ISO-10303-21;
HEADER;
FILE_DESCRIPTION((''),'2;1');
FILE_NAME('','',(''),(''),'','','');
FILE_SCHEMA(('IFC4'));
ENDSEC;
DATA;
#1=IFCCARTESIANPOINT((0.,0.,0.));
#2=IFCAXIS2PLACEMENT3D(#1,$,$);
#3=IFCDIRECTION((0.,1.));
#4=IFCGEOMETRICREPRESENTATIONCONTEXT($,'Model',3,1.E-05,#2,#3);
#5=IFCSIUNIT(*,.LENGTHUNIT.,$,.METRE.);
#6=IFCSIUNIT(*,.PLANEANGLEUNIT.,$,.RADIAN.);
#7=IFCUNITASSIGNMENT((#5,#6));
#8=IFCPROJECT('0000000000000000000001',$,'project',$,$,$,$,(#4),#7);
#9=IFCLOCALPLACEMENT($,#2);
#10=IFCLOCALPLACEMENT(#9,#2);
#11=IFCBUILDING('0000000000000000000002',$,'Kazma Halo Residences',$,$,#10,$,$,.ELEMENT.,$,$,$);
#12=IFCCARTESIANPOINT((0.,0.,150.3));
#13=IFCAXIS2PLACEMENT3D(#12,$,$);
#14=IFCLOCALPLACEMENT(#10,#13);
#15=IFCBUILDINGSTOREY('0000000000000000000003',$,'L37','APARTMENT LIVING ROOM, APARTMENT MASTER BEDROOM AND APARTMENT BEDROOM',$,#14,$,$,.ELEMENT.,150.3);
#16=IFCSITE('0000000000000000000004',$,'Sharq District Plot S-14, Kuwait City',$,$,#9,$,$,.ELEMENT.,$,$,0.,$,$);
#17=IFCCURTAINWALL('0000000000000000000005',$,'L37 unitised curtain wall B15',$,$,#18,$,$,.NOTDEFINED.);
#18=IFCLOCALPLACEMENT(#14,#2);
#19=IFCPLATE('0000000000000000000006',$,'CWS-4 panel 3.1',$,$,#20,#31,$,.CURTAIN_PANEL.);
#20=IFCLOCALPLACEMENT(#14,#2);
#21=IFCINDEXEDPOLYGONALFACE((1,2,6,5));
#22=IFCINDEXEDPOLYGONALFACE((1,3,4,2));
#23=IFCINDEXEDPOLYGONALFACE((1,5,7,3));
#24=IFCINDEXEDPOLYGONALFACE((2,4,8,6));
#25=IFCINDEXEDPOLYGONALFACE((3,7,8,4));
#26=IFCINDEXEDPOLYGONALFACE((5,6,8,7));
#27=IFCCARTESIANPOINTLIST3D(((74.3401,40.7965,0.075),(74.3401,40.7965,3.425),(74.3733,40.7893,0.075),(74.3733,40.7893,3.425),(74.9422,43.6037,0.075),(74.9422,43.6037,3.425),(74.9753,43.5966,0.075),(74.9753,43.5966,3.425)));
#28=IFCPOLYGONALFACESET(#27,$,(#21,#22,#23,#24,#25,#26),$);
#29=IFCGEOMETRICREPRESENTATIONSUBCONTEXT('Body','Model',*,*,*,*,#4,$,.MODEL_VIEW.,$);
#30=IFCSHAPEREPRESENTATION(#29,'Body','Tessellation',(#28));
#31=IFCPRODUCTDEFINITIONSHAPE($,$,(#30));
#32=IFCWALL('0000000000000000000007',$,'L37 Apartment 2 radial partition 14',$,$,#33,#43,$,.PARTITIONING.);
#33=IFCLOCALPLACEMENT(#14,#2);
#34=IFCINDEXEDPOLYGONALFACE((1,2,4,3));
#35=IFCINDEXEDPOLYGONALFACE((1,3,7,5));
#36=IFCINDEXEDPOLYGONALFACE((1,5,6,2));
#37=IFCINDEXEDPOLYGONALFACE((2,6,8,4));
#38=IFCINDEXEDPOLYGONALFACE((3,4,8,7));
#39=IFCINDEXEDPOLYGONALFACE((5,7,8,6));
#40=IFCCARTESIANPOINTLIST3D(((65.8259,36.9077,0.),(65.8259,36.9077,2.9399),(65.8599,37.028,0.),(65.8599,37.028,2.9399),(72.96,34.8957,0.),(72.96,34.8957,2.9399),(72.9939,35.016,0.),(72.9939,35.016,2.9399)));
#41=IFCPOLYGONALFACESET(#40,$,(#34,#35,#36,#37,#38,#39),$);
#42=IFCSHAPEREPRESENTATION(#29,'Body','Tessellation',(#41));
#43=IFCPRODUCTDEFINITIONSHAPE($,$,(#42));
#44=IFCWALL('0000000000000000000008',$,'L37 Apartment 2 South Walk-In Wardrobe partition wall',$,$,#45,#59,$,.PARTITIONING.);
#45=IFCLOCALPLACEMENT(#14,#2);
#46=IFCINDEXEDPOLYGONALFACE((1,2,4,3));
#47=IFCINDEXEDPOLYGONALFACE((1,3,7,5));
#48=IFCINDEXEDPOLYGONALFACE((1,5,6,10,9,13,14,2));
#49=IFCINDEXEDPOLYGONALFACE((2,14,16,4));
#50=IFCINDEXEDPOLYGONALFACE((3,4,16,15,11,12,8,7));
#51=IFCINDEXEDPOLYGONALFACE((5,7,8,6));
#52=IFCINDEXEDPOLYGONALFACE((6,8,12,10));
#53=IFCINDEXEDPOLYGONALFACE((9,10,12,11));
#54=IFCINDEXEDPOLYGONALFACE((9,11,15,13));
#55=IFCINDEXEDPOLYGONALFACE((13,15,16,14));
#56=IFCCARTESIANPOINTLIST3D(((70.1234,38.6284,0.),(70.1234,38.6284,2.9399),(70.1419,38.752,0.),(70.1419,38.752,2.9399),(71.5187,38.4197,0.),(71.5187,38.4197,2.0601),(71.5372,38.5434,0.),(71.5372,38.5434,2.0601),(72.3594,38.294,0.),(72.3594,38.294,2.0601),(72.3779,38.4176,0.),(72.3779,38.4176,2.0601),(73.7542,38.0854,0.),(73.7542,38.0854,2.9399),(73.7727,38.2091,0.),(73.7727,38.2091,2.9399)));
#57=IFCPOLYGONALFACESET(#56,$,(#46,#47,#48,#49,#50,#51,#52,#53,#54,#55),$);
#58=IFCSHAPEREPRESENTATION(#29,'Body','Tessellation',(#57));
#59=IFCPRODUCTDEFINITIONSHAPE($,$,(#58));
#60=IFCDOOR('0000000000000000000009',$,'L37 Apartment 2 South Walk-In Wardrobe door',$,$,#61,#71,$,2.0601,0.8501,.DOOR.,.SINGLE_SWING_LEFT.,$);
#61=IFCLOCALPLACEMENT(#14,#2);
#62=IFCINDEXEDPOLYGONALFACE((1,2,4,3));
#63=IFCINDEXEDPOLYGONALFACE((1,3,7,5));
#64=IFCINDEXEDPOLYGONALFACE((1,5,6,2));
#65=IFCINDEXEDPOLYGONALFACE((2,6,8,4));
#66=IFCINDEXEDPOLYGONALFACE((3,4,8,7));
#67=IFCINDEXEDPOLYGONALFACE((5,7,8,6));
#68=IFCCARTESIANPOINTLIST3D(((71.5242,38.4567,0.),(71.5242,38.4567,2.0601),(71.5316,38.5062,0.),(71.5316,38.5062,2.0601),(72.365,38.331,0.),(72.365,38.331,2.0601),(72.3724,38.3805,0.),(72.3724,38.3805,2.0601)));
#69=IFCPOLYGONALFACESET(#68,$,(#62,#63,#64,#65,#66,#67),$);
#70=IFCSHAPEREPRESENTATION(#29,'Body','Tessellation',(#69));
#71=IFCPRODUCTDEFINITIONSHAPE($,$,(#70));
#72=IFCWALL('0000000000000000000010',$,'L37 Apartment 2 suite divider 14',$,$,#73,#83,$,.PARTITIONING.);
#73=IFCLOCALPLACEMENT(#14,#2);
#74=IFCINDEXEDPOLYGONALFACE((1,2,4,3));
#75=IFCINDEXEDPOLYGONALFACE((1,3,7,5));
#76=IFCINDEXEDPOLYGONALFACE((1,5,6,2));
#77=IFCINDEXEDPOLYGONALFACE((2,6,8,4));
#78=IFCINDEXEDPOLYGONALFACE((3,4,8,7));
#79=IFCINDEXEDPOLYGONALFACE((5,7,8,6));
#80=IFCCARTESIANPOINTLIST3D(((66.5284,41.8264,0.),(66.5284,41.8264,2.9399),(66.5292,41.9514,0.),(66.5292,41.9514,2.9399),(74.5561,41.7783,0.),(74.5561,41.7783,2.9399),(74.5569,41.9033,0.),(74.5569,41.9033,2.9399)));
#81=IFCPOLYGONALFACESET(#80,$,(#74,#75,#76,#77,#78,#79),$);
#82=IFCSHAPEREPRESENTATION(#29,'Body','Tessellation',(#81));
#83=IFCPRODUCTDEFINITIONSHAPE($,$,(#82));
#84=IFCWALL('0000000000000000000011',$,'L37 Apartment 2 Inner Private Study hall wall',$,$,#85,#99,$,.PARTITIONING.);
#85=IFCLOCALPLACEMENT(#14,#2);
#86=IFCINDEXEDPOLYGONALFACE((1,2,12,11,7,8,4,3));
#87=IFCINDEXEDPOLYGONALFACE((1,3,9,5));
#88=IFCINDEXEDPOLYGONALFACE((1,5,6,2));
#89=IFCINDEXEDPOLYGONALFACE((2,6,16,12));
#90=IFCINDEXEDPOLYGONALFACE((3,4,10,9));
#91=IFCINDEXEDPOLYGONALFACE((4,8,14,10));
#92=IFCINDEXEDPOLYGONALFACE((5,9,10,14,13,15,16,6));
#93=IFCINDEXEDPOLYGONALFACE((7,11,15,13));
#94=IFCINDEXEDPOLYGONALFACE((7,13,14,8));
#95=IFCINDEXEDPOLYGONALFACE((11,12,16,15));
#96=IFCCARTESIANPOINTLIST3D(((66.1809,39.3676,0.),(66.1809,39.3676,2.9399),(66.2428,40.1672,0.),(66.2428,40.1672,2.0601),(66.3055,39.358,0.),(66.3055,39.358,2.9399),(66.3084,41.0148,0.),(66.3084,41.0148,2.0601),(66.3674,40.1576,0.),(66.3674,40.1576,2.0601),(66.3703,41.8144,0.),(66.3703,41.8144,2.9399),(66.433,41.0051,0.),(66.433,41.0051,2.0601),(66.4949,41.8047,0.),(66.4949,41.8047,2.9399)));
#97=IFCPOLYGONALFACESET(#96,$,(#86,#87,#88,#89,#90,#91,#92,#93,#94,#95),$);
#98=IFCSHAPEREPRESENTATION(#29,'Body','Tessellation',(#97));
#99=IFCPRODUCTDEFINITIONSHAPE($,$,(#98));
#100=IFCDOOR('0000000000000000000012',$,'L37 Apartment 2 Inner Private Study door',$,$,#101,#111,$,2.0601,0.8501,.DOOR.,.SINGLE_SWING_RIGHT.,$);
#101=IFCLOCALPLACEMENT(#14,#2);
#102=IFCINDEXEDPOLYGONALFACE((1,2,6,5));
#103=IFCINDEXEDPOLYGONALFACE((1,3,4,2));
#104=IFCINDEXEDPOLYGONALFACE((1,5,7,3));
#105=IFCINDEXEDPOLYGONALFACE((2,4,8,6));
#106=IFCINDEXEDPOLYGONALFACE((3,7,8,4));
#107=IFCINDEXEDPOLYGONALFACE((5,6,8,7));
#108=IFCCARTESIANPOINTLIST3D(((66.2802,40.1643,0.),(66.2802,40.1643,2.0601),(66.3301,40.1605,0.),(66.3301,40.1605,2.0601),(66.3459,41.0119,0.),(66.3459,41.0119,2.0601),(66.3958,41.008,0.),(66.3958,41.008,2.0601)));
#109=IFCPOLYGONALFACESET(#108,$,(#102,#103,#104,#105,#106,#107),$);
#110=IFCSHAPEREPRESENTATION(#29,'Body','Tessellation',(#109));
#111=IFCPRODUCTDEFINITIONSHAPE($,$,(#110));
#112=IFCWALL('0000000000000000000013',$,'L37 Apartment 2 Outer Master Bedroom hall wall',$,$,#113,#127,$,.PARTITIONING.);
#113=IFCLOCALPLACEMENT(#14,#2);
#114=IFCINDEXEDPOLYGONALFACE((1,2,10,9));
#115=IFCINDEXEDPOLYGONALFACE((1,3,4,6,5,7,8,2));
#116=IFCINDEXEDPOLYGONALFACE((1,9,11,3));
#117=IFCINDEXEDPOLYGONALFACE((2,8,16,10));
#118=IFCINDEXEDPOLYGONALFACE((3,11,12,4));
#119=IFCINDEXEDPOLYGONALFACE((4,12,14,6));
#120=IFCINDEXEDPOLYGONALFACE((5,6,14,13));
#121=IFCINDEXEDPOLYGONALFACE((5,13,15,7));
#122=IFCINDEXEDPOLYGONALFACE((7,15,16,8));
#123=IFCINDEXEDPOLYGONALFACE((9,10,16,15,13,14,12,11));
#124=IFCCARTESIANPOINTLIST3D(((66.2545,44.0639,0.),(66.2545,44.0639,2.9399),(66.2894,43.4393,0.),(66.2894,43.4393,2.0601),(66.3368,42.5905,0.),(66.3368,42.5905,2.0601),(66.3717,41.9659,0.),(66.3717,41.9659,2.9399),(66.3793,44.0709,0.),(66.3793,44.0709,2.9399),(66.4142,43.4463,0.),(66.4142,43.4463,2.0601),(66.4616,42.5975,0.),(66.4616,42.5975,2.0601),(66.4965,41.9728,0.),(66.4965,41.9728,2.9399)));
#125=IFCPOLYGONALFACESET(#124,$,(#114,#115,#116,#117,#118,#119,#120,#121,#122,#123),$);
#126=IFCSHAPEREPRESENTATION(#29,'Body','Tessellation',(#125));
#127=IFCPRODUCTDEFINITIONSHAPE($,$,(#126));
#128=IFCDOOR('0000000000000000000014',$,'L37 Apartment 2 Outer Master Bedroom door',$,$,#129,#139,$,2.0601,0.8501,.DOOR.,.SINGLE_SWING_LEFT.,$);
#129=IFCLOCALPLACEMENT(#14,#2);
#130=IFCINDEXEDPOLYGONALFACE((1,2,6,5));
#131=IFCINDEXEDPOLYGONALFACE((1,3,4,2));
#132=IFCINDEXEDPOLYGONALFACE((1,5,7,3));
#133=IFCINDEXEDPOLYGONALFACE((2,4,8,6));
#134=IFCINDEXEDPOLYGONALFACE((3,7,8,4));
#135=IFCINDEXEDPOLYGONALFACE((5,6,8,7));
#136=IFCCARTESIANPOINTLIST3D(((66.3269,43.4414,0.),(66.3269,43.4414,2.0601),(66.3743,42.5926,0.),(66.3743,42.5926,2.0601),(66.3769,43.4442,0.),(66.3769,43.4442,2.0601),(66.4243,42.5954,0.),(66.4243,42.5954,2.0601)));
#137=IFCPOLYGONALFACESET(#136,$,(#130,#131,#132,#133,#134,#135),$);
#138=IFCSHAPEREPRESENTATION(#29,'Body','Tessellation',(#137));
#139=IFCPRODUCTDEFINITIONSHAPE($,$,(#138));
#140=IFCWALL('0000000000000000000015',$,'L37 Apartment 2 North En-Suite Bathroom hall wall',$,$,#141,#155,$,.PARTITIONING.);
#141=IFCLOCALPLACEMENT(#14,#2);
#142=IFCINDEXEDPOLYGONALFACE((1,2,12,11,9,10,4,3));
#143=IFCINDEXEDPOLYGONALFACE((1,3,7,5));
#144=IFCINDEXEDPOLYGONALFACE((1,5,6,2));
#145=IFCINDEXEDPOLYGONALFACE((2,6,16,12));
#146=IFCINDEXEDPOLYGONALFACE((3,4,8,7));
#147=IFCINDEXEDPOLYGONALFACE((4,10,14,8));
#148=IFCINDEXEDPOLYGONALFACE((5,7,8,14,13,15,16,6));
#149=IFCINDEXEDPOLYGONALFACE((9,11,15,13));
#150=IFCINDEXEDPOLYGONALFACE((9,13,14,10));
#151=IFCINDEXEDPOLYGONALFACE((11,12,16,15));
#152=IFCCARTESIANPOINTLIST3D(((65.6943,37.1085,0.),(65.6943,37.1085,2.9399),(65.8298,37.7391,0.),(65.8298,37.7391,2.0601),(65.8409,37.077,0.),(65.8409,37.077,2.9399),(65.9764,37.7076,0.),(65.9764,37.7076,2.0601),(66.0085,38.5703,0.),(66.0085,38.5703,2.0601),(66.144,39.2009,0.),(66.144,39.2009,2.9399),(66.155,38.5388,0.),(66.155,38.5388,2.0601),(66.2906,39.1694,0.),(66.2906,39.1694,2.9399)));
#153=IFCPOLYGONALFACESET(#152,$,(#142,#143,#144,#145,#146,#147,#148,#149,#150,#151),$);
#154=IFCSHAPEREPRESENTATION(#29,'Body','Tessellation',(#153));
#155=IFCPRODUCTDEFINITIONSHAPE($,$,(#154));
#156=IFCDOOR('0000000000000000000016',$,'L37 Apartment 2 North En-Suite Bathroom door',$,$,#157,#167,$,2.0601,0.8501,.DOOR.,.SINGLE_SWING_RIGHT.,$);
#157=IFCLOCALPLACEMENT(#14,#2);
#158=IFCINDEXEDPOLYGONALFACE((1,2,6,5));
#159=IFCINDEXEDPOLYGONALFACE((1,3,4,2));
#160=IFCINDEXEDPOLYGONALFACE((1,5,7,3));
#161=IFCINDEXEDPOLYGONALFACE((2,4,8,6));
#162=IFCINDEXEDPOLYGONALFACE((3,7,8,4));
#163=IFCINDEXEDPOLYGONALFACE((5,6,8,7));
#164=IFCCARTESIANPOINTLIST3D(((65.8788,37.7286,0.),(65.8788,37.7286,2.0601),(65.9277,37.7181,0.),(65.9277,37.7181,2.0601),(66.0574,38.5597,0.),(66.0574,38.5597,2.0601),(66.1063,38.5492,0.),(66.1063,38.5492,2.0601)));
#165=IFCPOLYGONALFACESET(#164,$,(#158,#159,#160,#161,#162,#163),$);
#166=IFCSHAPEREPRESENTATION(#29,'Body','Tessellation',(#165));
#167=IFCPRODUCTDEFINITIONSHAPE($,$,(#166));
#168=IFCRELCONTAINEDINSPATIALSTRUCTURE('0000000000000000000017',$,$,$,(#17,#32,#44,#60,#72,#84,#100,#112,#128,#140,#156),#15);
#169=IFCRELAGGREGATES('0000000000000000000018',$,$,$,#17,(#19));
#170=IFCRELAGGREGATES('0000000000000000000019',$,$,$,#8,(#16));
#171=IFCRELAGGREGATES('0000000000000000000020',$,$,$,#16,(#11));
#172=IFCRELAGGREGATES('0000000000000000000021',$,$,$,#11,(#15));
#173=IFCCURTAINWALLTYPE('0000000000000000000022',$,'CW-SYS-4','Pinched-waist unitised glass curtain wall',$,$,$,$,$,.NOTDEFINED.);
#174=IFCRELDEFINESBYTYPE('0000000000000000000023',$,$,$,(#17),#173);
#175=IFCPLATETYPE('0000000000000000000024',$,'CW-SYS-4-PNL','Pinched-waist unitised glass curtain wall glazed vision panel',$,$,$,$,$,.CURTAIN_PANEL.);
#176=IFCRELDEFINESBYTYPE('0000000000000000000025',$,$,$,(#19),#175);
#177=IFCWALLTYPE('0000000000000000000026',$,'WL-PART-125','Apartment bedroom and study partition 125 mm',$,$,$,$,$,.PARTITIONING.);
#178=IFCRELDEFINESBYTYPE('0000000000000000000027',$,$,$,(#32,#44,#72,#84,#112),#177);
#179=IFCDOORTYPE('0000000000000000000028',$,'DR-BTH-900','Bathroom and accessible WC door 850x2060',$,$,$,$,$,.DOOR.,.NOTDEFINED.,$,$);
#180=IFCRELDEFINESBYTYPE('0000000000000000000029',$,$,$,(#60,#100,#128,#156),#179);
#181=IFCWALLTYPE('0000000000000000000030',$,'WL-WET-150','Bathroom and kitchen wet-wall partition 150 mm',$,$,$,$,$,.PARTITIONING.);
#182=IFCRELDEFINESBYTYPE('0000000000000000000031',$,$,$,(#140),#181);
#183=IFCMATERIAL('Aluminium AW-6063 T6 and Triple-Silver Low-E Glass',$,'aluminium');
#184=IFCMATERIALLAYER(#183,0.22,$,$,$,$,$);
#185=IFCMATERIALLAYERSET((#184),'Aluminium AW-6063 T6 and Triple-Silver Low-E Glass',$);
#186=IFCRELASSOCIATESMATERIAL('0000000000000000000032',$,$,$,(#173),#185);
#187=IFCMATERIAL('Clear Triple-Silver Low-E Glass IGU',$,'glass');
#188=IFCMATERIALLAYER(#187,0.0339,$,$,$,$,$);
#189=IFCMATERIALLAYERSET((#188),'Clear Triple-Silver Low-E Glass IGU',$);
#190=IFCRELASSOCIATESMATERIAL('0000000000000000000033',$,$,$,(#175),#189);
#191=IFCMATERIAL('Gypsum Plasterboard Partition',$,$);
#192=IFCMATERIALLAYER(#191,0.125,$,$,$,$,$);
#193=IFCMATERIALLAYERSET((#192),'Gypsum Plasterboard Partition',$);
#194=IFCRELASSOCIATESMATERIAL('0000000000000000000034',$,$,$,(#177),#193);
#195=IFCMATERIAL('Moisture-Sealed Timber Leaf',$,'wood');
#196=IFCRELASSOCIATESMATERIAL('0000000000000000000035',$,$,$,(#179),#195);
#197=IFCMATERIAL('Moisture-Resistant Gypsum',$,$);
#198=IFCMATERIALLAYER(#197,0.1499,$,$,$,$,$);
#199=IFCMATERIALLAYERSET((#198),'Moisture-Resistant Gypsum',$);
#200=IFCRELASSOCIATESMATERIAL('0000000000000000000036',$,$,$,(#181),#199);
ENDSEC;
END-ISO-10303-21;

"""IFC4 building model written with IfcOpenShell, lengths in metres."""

from ifc_helpers import new_model, si_unit, direction, frame, frame_2d, origin, origin_2d, place, context, subcontext, project, spatial, rectangle, extrude, material, layer, layer_set, type_object, element, fill, aggregate, save


model = new_model("IFC4")

# Units and contexts
model_context = context("Model", 3, precision=1e-05, world=origin(), true_north=direction((0.0, 1.0)))
body_context = subcontext(model_context, "Body", "Model", "MODEL_VIEW")
ifc_project = project(units=[si_unit("LENGTHUNIT", "METRE"), si_unit("PLANEANGLEUNIT", "RADIAN")], contexts=[model_context])

# Site, building, storey
site_placement = place(None, origin())
site = spatial("IfcSite", under=ifc_project, at=site_placement, Name="Sharq District Plot S-14, Kuwait City", CompositionType="ELEMENT", RefElevation=0.0)
building_placement = place(site_placement, origin())
building = spatial("IfcBuilding", under=site, at=building_placement, Name="Kazma Halo Residences", CompositionType="ELEMENT")
storey_placement = place(building_placement, frame((0.0, 0.0, 150.3)))
storey = spatial("IfcBuildingStorey", under=building, at=storey_placement, Name="L37", Description="APARTMENT LIVING ROOM, APARTMENT MASTER BEDROOM AND APARTMENT BEDROOM", CompositionType="ELEMENT", Elevation=150.3)

# Curtain wall, plate
ifc_material_1 = material(Name="Aluminium AW-6063 T6 and Triple-Silver Low-E Glass", Category="aluminium")
ifc_layer_1 = layer(ifc_material_1, 0.22)
ifc_layer_set_1 = layer_set([ifc_layer_1], Name="Aluminium AW-6063 T6 and Triple-Silver Low-E Glass")
curtain_wall_type = type_object("IfcCurtainWallType", Name="CW-SYS-4", Description="Pinched-waist unitised glass curtain wall", PredefinedType="NOTDEFINED", material=ifc_layer_set_1)
curtain_wall_placement = place(storey_placement, origin())
curtain_wall = element("IfcCurtainWall", 1, at=curtain_wall_placement, inside=storey, type_object=curtain_wall_type, Name="L37 unitised curtain wall B15", PredefinedType="NOTDEFINED")
ifc_material_2 = material(Name="Clear Triple-Silver Low-E Glass IGU", Category="glass")
ifc_layer_2 = layer(ifc_material_2, 0.0339)
ifc_layer_set_2 = layer_set([ifc_layer_2], Name="Clear Triple-Silver Low-E Glass IGU")
plate_type = type_object("IfcPlateType", Name="CW-SYS-4-PNL", Description="Pinched-waist unitised glass curtain wall glazed vision panel", PredefinedType="CURTAIN_PANEL", material=ifc_layer_set_2)
plate_1_placement = place(storey_placement, frame((74.6577, 42.1965, 0.075), z_axis=(0.0, 0.0, 1.0), x_axis=(0.209704, 0.977765, 0.0)))
plate_1 = element("IfcPlate", 2, at=plate_1_placement, type_object=plate_type, Name="CWS-4 panel 3.1", PredefinedType="CURTAIN_PANEL", context=body_context, shape_type="SweptSolid", body=[
    extrude(rectangle(XDim=2.8711, YDim=0.0339, at=origin_2d()), origin(), (0.0, 0.0, 1.0), 3.3501),
])
aggregate(curtain_wall, [plate_1])

# Wall
ifc_material_3 = material(Name="Gypsum Plasterboard Partition")
ifc_layer_3 = layer(ifc_material_3, 0.125)
ifc_layer_set_3 = layer_set([ifc_layer_3], Name="Gypsum Plasterboard Partition")
wall_type_1 = type_object("IfcWallType", Name="WL-PART-125", Description="Apartment bedroom and study partition 125 mm", PredefinedType="PARTITIONING", material=ifc_layer_set_3)
wall_1_placement = place(storey_placement, frame((65.843, 36.9678, 0.0), z_axis=(0.0, 0.0, 1.0), x_axis=(0.962457, -0.271435, 0.0)))
element("IfcWall", 3, at=wall_1_placement, inside=storey, type_object=wall_type_1, Name="L37 Apartment 2 radial partition 14", PredefinedType="PARTITIONING", context=body_context, shape_type="SweptSolid", body=[
    extrude(rectangle(XDim=7.4124, YDim=0.125, at=frame_2d((3.7061, 0.0))), origin(), (0.0, 0.0, 1.0), 2.9399),
])

# Wall, opening, door
wall_2_placement = place(storey_placement, frame((70.1328, 38.6902, 0.0), z_axis=(0.0, 0.0, 1.0), x_axis=(0.989003, -0.147898, 0.0)))
wall_2 = element("IfcWall", 4, at=wall_2_placement, inside=storey, type_object=wall_type_1, Name="L37 Apartment 2 South Walk-In Wardrobe partition wall", PredefinedType="PARTITIONING", context=body_context, shape_type="SweptSolid", body=[
    extrude(rectangle(XDim=3.6711, YDim=0.125, at=frame_2d((1.8354, 0.0))), origin(), (0.0, 0.0, 1.0), 2.9399),
])
opening_1_placement = place(wall_2_placement, frame((1.4106, 0.0, 0.0)))
opening_1 = element("IfcOpeningElement", 5, at=opening_1_placement, cuts=wall_2, PredefinedType="OPENING", context=body_context, shape_type="SweptSolid", body=[
    extrude(rectangle(XDim=0.8501, YDim=2.0601, at=frame_2d((0.425, 1.03))), frame((0.0, 0.0725, 0.0), z_axis=(0.0, -1.0, 0.0), x_axis=(1.0, 0.0, 0.0)), (0.0, 0.0, 1.0), 0.145),
])
ifc_material_4 = material(Name="Moisture-Sealed Timber Leaf", Category="wood")
door_type = type_object("IfcDoorType", Name="DR-BTH-900", Description="Bathroom and accessible WC door 850x2060", OperationType="NOTDEFINED", PredefinedType="DOOR", material=ifc_material_4)
door_1_placement = place(opening_1_placement, origin())
door_1 = element("IfcDoor", 6, at=door_1_placement, inside=storey, type_object=door_type, Name="L37 Apartment 2 South Walk-In Wardrobe door", OperationType="SINGLE_SWING_LEFT", OverallHeight=2.0601, OverallWidth=0.8501, PredefinedType="DOOR", context=body_context, shape_type="SweptSolid", body=[
    extrude(rectangle(XDim=0.8501, YDim=2.0601, at=frame_2d((0.425, 1.03))), frame((0.0, 0.0249, 0.0), z_axis=(0.0, -1.0, 0.0), x_axis=(1.0, 0.0, 0.0)), (0.0, 0.0, 1.0), 0.05),
])
fill(opening_1, door_1)

# Wall
wall_3_placement = place(storey_placement, frame((66.5288, 41.8889, 0.0), z_axis=(0.0, 0.0, 1.0), x_axis=(0.999982, -0.005991, 0.0)))
element("IfcWall", 7, at=wall_3_placement, inside=storey, type_object=wall_type_1, Name="L37 Apartment 2 suite divider 14", PredefinedType="PARTITIONING", context=body_context, shape_type="SweptSolid", body=[
    extrude(rectangle(XDim=8.0278, YDim=0.125, at=frame_2d((4.0139, 0.0))), origin(), (0.0, 0.0, 1.0), 2.9399),
])

# Walls, openings, doors
wall_4_placement = place(storey_placement, frame((66.2432, 39.3628, 0.0), z_axis=(0.0, 0.0, 1.0), x_axis=(0.077199, 0.997016, 0.0)))
wall_4 = element("IfcWall", 8, at=wall_4_placement, inside=storey, type_object=wall_type_1, Name="L37 Apartment 2 Inner Private Study hall wall", PredefinedType="PARTITIONING", context=body_context, shape_type="SweptSolid", body=[
    extrude(rectangle(XDim=2.4541, YDim=0.125, at=frame_2d((1.2271, 0.0))), origin(), (0.0, 0.0, 1.0), 2.9399),
])
opening_2_placement = place(wall_4_placement, frame((0.802, 0.0, 0.0)))
opening_2 = element("IfcOpeningElement", 9, at=opening_2_placement, cuts=wall_4, PredefinedType="OPENING", context=body_context, shape_type="SweptSolid", body=[
    extrude(rectangle(XDim=0.8501, YDim=2.0601, at=frame_2d((0.425, 1.03))), frame((0.0, 0.0725, 0.0), z_axis=(0.0, -1.0, 0.0), x_axis=(1.0, 0.0, 0.0)), (0.0, 0.0, 1.0), 0.145),
])
door_2_placement = place(opening_2_placement, origin())
door_2 = element("IfcDoor", 10, at=door_2_placement, inside=storey, type_object=door_type, Name="L37 Apartment 2 Inner Private Study door", OperationType="SINGLE_SWING_RIGHT", OverallHeight=2.0601, OverallWidth=0.8501, PredefinedType="DOOR", context=body_context, shape_type="SweptSolid", body=[
    extrude(rectangle(XDim=0.8501, YDim=2.0601, at=frame_2d((0.425, 1.03))), frame((0.0, 0.0249, 0.0), z_axis=(0.0, -1.0, 0.0), x_axis=(1.0, 0.0, 0.0)), (0.0, 0.0, 1.0), 0.05),
])
fill(opening_2, door_2)
wall_5_placement = place(storey_placement, frame((66.4341, 41.9692, 0.0), z_axis=(0.0, 0.0, 1.0), x_axis=(-0.055766, 0.998444, 0.0)))
wall_5 = element("IfcWall", 11, at=wall_5_placement, inside=storey, type_object=wall_type_1, Name="L37 Apartment 2 Outer Master Bedroom hall wall", PredefinedType="PARTITIONING", context=body_context, shape_type="SweptSolid", body=[
    extrude(rectangle(XDim=2.1013, YDim=0.125, at=frame_2d((1.0508, 0.0))), origin(), (0.0, 0.0, 1.0), 2.9399),
])
opening_3_placement = place(wall_5_placement, frame((0.6257, 0.0, 0.0)))
opening_3 = element("IfcOpeningElement", 12, at=opening_3_placement, cuts=wall_5, PredefinedType="OPENING", context=body_context, shape_type="SweptSolid", body=[
    extrude(rectangle(XDim=0.8501, YDim=2.0601, at=frame_2d((0.425, 1.03))), frame((0.0, 0.0725, 0.0), z_axis=(0.0, -1.0, 0.0), x_axis=(1.0, 0.0, 0.0)), (0.0, 0.0, 1.0), 0.145),
])
door_3_placement = place(opening_3_placement, origin())
door_3 = element("IfcDoor", 13, at=door_3_placement, inside=storey, type_object=door_type, Name="L37 Apartment 2 Outer Master Bedroom door", OperationType="SINGLE_SWING_LEFT", OverallHeight=2.0601, OverallWidth=0.8501, PredefinedType="DOOR", context=body_context, shape_type="SweptSolid", body=[
    extrude(rectangle(XDim=0.8501, YDim=2.0601, at=frame_2d((0.425, 1.03))), frame((0.0, 0.0249, 0.0), z_axis=(0.0, -1.0, 0.0), x_axis=(1.0, 0.0, 0.0)), (0.0, 0.0, 1.0), 0.05),
])
fill(opening_3, door_3)
ifc_material_5 = material(Name="Moisture-Resistant Gypsum")
ifc_layer_4 = layer(ifc_material_5, 0.1499)
ifc_layer_set_4 = layer_set([ifc_layer_4], Name="Moisture-Resistant Gypsum")
wall_type_2 = type_object("IfcWallType", Name="WL-WET-150", Description="Bathroom and kitchen wet-wall partition 150 mm", PredefinedType="PARTITIONING", material=ifc_layer_set_4)
wall_6_placement = place(storey_placement, frame((65.7676, 37.0928, 0.0), z_axis=(0.0, 0.0, 1.0), x_axis=(0.210137, 0.977672, 0.0)))
wall_6 = element("IfcWall", 14, at=wall_6_placement, inside=storey, type_object=wall_type_2, Name="L37 Apartment 2 North En-Suite Bathroom hall wall", PredefinedType="PARTITIONING", context=body_context, shape_type="SweptSolid", body=[
    extrude(rectangle(XDim=2.1401, YDim=0.1499, at=frame_2d((1.0701, 0.0))), origin(), (0.0, 0.0, 1.0), 2.9399),
])
opening_4_placement = place(wall_6_placement, frame((0.645, 0.0, 0.0)))
opening_4 = element("IfcOpeningElement", 15, at=opening_4_placement, cuts=wall_6, PredefinedType="OPENING", context=body_context, shape_type="SweptSolid", body=[
    extrude(rectangle(XDim=0.8501, YDim=2.0601, at=frame_2d((0.425, 1.03))), frame((0.0, 0.085, 0.0), z_axis=(0.0, -1.0, 0.0), x_axis=(1.0, 0.0, 0.0)), (0.0, 0.0, 1.0), 0.1699),
])
door_4_placement = place(opening_4_placement, origin())
door_4 = element("IfcDoor", 16, at=door_4_placement, inside=storey, type_object=door_type, Name="L37 Apartment 2 North En-Suite Bathroom door", OperationType="SINGLE_SWING_RIGHT", OverallHeight=2.0601, OverallWidth=0.8501, PredefinedType="DOOR", context=body_context, shape_type="SweptSolid", body=[
    extrude(rectangle(XDim=0.8501, YDim=2.0601, at=frame_2d((0.425, 1.03))), frame((0.0, 0.0249, 0.0), z_axis=(0.0, -1.0, 0.0), x_axis=(1.0, 0.0, 0.0)), (0.0, 0.0, 1.0), 0.05),
])
fill(opening_4, door_4)

save(model, "model.ifc")
